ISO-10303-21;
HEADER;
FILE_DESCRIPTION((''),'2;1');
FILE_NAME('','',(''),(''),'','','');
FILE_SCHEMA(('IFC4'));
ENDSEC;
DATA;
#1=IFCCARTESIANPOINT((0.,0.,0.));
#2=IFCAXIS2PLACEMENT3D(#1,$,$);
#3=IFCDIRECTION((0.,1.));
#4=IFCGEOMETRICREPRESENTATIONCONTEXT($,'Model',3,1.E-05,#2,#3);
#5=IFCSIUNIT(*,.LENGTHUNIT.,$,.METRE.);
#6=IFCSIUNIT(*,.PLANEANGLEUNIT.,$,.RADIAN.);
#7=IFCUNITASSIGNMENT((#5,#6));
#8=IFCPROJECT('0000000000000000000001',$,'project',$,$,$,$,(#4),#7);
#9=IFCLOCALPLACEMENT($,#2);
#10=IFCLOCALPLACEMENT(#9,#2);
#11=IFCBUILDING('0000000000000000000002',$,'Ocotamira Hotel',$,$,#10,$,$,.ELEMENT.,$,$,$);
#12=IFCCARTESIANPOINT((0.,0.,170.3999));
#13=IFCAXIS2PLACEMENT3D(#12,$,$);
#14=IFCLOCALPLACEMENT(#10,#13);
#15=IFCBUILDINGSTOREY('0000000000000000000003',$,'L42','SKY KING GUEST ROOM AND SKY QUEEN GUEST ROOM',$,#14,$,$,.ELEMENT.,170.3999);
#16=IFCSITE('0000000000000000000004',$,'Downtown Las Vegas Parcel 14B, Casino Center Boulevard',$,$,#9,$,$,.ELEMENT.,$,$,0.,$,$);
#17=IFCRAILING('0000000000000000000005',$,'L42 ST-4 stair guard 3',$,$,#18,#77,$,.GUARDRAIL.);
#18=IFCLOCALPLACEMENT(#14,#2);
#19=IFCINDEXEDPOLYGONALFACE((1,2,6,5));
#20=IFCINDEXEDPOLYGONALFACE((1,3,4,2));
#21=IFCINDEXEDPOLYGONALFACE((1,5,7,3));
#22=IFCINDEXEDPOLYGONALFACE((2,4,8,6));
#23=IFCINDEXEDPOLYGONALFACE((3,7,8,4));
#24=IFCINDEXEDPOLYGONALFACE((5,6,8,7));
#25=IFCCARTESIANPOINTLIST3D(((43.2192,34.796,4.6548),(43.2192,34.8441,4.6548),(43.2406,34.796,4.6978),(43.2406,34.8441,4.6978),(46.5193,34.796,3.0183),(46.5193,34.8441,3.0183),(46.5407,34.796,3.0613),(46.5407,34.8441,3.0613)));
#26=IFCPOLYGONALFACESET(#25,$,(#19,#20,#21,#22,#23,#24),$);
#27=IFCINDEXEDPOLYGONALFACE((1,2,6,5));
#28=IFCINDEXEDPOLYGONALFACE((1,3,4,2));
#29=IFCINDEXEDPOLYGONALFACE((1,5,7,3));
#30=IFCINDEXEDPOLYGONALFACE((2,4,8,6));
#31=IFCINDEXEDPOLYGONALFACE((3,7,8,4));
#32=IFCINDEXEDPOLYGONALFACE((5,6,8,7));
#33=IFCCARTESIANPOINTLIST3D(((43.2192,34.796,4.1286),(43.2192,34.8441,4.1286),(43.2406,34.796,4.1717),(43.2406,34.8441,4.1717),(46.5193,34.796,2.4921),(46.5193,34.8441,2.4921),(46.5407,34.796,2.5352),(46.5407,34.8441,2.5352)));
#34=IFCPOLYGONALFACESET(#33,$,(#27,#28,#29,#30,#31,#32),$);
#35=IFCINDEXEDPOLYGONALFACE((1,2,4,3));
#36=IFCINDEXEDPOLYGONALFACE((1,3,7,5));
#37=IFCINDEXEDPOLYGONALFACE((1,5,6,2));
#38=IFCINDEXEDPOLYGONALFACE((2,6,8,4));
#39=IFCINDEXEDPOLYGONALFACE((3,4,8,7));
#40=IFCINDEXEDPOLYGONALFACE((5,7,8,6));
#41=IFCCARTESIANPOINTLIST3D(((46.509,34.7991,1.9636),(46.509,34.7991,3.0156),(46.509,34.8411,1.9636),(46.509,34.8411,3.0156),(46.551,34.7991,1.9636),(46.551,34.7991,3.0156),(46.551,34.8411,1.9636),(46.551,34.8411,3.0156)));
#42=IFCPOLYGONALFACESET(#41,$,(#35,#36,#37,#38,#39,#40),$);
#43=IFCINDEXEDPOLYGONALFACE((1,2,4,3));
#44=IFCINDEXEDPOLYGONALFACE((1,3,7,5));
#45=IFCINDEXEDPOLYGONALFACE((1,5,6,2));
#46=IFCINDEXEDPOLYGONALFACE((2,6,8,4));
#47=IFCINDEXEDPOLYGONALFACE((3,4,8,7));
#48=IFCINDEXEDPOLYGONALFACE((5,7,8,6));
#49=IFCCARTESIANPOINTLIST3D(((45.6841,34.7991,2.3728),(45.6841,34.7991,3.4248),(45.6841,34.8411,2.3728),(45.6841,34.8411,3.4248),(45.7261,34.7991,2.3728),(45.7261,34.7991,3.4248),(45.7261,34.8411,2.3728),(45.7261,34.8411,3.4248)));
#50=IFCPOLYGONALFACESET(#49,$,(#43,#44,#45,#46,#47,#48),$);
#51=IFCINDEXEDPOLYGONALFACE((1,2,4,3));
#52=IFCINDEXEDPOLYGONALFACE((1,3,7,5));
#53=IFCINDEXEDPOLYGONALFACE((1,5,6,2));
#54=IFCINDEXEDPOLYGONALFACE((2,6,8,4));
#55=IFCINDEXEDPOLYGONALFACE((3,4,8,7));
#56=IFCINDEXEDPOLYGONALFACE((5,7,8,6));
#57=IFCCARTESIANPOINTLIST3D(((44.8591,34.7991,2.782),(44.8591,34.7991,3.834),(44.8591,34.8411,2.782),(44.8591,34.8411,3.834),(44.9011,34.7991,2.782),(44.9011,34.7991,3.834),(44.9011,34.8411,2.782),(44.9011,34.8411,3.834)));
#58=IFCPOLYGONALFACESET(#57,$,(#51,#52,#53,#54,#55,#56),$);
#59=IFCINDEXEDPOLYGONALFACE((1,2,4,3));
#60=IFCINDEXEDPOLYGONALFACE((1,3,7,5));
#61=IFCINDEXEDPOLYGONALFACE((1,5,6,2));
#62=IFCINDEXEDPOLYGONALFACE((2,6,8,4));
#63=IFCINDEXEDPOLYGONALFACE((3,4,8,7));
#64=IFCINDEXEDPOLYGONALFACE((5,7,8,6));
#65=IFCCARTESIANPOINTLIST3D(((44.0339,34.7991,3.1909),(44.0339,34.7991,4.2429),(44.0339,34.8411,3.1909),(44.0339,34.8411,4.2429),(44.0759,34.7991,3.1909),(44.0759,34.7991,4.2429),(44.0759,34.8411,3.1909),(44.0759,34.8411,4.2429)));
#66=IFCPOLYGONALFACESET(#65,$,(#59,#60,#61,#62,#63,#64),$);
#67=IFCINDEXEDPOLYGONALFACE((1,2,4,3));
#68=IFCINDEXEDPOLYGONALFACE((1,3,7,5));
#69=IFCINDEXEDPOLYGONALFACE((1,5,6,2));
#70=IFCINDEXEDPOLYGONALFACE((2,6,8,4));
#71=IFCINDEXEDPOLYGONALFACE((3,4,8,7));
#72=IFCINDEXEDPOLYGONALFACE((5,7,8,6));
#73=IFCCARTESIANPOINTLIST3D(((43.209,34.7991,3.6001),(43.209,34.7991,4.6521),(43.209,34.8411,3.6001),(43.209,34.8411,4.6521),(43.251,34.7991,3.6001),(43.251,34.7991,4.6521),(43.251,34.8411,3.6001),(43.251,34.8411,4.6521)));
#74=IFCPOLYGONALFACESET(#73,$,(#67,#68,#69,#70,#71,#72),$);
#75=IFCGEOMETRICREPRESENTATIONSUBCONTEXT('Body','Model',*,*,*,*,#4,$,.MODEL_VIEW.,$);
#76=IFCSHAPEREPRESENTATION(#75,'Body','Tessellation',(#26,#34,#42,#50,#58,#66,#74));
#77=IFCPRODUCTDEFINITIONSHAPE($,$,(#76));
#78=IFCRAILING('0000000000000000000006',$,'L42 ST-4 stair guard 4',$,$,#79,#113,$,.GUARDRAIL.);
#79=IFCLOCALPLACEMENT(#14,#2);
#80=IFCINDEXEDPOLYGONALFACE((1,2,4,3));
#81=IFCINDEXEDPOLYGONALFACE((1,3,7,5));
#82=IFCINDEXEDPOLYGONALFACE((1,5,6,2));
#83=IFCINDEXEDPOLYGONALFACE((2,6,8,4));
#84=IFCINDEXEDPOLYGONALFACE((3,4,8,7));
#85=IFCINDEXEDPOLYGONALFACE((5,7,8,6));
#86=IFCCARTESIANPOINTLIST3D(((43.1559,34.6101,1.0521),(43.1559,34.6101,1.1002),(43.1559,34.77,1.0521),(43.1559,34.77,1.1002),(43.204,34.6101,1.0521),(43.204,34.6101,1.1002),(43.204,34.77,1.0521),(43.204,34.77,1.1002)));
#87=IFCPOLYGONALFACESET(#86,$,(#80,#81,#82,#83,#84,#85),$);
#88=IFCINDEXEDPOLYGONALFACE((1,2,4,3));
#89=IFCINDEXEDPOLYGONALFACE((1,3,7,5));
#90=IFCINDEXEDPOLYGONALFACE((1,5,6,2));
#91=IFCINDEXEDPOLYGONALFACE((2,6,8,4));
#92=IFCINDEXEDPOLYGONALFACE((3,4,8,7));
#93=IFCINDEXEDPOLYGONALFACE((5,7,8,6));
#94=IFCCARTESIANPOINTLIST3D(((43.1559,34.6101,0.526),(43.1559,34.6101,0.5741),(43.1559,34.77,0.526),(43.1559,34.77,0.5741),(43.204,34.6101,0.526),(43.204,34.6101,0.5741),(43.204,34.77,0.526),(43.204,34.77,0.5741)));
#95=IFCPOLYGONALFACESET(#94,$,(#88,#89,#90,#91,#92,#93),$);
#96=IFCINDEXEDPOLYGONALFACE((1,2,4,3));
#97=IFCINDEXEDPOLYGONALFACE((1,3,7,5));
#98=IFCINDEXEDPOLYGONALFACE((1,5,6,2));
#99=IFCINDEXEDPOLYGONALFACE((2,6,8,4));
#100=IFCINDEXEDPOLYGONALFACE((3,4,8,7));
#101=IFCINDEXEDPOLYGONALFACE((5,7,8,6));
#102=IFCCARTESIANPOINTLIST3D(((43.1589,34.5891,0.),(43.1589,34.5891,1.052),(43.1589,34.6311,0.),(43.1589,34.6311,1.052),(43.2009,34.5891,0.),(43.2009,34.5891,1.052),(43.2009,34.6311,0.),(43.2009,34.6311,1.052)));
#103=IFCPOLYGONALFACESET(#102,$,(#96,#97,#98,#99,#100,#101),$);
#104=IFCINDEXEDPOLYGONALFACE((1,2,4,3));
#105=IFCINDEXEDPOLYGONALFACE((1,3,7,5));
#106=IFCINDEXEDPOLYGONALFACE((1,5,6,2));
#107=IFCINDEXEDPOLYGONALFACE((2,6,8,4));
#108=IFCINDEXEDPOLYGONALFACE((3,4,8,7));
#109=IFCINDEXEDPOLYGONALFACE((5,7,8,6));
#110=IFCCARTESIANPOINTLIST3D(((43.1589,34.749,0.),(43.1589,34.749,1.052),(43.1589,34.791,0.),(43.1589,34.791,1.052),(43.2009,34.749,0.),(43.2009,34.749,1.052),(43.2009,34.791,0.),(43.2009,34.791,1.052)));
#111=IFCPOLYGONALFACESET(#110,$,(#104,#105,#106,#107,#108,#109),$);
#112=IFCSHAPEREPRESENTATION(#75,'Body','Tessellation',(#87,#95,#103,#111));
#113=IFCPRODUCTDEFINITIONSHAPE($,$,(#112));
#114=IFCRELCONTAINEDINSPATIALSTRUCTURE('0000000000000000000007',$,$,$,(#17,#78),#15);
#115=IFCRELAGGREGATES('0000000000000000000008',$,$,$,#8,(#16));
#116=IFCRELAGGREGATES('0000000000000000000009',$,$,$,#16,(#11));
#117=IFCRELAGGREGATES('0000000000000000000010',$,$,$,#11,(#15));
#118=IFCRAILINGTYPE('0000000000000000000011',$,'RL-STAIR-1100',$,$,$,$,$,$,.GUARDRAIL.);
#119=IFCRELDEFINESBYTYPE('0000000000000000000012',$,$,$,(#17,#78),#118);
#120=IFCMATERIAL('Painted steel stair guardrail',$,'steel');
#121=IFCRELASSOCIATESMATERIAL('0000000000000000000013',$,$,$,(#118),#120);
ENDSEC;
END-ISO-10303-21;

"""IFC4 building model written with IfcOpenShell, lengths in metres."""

from ifc_helpers import new_model, si_unit, direction, frame, origin, origin_2d, place, context, subcontext, project, spatial, rectangle, extrude, material, type_object, element, save


model = new_model("IFC4")

# Units and contexts
model_context = context("Model", 3, precision=1e-05, world=origin(), true_north=direction((0.0, 1.0)))
body_context = subcontext(model_context, "Body", "Model", "MODEL_VIEW")
ifc_project = project(units=[si_unit("LENGTHUNIT", "METRE"), si_unit("PLANEANGLEUNIT", "RADIAN")], contexts=[model_context])

# Site, building, storey
site_placement = place(None, origin())
site = spatial("IfcSite", under=ifc_project, at=site_placement, Name="Downtown Las Vegas Parcel 14B, Casino Center Boulevard", CompositionType="ELEMENT", RefElevation=0.0)
building_placement = place(site_placement, origin())
building = spatial("IfcBuilding", under=site, at=building_placement, Name="Ocotamira Hotel", CompositionType="ELEMENT")
storey_placement = place(building_placement, frame((0.0, 0.0, 170.3999)))
storey = spatial("IfcBuildingStorey", under=building, at=storey_placement, Name="L42", Description="SKY KING GUEST ROOM AND SKY QUEEN GUEST ROOM", CompositionType="ELEMENT", Elevation=170.3999)

# Railings
ifc_material_1 = material(Name="Painted steel stair guardrail", Category="steel")
railing_type_1 = type_object("IfcRailingType", Name="RL-STAIR-1100", PredefinedType="GUARDRAIL", material=ifc_material_1)
railing_1_placement = place(storey_placement, frame((46.53, 34.8201, 1.9636)))
element("IfcRailing", 1, at=railing_1_placement, inside=storey, type_object=railing_type_1, Name="L42 ST-4 stair guard 3", PredefinedType="GUARDRAIL", context=body_context, shape_type="SweptSolid", body=[
    extrude(rectangle(XDim=0.0481, YDim=0.0481, at=origin_2d()), frame((0.0, 0.0, 1.0762), z_axis=(-0.895894, 0.0, 0.444268), x_axis=(0.0, -1.0, 0.0)), (0.0, 0.0, 1.0), 3.6836),
    extrude(rectangle(XDim=0.0481, YDim=0.0481, at=origin_2d()), frame((0.0, 0.0, 0.55), z_axis=(-0.895894, 0.0, 0.444268), x_axis=(0.0, -1.0, 0.0)), (0.0, 0.0, 1.0), 3.6836),
    extrude(rectangle(XDim=0.042, YDim=0.042, at=origin_2d()), origin(), (0.0, 0.0, 1.0), 1.052),
    extrude(rectangle(XDim=0.042, YDim=0.042, at=origin_2d()), frame((-0.825, 0.0, 0.4092)), (0.0, 0.0, 1.0), 1.052),
    extrude(rectangle(XDim=0.042, YDim=0.042, at=origin_2d()), frame((-1.6499, 0.0, 0.8184)), (0.0, 0.0, 1.0), 1.052),
    extrude(rectangle(XDim=0.042, YDim=0.042, at=origin_2d()), frame((-2.4751, 0.0, 1.2273)), (0.0, 0.0, 1.0), 1.052),
    extrude(rectangle(XDim=0.042, YDim=0.042, at=origin_2d()), frame((-3.3, 0.0, 1.6365)), (0.0, 0.0, 1.0), 1.052),
])
railing_2_placement = place(storey_placement, frame((43.1799, 34.6101, 0.0)))
element("IfcRailing", 2, at=railing_2_placement, inside=storey, type_object=railing_type_1, Name="L42 ST-4 stair guard 4", PredefinedType="GUARDRAIL", context=body_context, shape_type="SweptSolid", body=[
    extrude(rectangle(XDim=0.0481, YDim=0.0481, at=origin_2d()), frame((0.0, 0.0, 1.0762), z_axis=(0.0, 1.0, 0.0), x_axis=(-1.0, 0.0, 0.0)), (0.0, 0.0, 1.0), 0.1599),
    extrude(rectangle(XDim=0.0481, YDim=0.0481, at=origin_2d()), frame((0.0, 0.0, 0.55), z_axis=(0.0, 1.0, 0.0), x_axis=(-1.0, 0.0, 0.0)), (0.0, 0.0, 1.0), 0.1599),
    extrude(rectangle(XDim=0.042, YDim=0.042, at=origin_2d()), origin(), (0.0, 0.0, 1.0), 1.052),
    extrude(rectangle(XDim=0.042, YDim=0.042, at=origin_2d()), frame((0.0, 0.1599, 0.0)), (0.0, 0.0, 1.0), 1.052),
])

save(model, "model.ifc")
